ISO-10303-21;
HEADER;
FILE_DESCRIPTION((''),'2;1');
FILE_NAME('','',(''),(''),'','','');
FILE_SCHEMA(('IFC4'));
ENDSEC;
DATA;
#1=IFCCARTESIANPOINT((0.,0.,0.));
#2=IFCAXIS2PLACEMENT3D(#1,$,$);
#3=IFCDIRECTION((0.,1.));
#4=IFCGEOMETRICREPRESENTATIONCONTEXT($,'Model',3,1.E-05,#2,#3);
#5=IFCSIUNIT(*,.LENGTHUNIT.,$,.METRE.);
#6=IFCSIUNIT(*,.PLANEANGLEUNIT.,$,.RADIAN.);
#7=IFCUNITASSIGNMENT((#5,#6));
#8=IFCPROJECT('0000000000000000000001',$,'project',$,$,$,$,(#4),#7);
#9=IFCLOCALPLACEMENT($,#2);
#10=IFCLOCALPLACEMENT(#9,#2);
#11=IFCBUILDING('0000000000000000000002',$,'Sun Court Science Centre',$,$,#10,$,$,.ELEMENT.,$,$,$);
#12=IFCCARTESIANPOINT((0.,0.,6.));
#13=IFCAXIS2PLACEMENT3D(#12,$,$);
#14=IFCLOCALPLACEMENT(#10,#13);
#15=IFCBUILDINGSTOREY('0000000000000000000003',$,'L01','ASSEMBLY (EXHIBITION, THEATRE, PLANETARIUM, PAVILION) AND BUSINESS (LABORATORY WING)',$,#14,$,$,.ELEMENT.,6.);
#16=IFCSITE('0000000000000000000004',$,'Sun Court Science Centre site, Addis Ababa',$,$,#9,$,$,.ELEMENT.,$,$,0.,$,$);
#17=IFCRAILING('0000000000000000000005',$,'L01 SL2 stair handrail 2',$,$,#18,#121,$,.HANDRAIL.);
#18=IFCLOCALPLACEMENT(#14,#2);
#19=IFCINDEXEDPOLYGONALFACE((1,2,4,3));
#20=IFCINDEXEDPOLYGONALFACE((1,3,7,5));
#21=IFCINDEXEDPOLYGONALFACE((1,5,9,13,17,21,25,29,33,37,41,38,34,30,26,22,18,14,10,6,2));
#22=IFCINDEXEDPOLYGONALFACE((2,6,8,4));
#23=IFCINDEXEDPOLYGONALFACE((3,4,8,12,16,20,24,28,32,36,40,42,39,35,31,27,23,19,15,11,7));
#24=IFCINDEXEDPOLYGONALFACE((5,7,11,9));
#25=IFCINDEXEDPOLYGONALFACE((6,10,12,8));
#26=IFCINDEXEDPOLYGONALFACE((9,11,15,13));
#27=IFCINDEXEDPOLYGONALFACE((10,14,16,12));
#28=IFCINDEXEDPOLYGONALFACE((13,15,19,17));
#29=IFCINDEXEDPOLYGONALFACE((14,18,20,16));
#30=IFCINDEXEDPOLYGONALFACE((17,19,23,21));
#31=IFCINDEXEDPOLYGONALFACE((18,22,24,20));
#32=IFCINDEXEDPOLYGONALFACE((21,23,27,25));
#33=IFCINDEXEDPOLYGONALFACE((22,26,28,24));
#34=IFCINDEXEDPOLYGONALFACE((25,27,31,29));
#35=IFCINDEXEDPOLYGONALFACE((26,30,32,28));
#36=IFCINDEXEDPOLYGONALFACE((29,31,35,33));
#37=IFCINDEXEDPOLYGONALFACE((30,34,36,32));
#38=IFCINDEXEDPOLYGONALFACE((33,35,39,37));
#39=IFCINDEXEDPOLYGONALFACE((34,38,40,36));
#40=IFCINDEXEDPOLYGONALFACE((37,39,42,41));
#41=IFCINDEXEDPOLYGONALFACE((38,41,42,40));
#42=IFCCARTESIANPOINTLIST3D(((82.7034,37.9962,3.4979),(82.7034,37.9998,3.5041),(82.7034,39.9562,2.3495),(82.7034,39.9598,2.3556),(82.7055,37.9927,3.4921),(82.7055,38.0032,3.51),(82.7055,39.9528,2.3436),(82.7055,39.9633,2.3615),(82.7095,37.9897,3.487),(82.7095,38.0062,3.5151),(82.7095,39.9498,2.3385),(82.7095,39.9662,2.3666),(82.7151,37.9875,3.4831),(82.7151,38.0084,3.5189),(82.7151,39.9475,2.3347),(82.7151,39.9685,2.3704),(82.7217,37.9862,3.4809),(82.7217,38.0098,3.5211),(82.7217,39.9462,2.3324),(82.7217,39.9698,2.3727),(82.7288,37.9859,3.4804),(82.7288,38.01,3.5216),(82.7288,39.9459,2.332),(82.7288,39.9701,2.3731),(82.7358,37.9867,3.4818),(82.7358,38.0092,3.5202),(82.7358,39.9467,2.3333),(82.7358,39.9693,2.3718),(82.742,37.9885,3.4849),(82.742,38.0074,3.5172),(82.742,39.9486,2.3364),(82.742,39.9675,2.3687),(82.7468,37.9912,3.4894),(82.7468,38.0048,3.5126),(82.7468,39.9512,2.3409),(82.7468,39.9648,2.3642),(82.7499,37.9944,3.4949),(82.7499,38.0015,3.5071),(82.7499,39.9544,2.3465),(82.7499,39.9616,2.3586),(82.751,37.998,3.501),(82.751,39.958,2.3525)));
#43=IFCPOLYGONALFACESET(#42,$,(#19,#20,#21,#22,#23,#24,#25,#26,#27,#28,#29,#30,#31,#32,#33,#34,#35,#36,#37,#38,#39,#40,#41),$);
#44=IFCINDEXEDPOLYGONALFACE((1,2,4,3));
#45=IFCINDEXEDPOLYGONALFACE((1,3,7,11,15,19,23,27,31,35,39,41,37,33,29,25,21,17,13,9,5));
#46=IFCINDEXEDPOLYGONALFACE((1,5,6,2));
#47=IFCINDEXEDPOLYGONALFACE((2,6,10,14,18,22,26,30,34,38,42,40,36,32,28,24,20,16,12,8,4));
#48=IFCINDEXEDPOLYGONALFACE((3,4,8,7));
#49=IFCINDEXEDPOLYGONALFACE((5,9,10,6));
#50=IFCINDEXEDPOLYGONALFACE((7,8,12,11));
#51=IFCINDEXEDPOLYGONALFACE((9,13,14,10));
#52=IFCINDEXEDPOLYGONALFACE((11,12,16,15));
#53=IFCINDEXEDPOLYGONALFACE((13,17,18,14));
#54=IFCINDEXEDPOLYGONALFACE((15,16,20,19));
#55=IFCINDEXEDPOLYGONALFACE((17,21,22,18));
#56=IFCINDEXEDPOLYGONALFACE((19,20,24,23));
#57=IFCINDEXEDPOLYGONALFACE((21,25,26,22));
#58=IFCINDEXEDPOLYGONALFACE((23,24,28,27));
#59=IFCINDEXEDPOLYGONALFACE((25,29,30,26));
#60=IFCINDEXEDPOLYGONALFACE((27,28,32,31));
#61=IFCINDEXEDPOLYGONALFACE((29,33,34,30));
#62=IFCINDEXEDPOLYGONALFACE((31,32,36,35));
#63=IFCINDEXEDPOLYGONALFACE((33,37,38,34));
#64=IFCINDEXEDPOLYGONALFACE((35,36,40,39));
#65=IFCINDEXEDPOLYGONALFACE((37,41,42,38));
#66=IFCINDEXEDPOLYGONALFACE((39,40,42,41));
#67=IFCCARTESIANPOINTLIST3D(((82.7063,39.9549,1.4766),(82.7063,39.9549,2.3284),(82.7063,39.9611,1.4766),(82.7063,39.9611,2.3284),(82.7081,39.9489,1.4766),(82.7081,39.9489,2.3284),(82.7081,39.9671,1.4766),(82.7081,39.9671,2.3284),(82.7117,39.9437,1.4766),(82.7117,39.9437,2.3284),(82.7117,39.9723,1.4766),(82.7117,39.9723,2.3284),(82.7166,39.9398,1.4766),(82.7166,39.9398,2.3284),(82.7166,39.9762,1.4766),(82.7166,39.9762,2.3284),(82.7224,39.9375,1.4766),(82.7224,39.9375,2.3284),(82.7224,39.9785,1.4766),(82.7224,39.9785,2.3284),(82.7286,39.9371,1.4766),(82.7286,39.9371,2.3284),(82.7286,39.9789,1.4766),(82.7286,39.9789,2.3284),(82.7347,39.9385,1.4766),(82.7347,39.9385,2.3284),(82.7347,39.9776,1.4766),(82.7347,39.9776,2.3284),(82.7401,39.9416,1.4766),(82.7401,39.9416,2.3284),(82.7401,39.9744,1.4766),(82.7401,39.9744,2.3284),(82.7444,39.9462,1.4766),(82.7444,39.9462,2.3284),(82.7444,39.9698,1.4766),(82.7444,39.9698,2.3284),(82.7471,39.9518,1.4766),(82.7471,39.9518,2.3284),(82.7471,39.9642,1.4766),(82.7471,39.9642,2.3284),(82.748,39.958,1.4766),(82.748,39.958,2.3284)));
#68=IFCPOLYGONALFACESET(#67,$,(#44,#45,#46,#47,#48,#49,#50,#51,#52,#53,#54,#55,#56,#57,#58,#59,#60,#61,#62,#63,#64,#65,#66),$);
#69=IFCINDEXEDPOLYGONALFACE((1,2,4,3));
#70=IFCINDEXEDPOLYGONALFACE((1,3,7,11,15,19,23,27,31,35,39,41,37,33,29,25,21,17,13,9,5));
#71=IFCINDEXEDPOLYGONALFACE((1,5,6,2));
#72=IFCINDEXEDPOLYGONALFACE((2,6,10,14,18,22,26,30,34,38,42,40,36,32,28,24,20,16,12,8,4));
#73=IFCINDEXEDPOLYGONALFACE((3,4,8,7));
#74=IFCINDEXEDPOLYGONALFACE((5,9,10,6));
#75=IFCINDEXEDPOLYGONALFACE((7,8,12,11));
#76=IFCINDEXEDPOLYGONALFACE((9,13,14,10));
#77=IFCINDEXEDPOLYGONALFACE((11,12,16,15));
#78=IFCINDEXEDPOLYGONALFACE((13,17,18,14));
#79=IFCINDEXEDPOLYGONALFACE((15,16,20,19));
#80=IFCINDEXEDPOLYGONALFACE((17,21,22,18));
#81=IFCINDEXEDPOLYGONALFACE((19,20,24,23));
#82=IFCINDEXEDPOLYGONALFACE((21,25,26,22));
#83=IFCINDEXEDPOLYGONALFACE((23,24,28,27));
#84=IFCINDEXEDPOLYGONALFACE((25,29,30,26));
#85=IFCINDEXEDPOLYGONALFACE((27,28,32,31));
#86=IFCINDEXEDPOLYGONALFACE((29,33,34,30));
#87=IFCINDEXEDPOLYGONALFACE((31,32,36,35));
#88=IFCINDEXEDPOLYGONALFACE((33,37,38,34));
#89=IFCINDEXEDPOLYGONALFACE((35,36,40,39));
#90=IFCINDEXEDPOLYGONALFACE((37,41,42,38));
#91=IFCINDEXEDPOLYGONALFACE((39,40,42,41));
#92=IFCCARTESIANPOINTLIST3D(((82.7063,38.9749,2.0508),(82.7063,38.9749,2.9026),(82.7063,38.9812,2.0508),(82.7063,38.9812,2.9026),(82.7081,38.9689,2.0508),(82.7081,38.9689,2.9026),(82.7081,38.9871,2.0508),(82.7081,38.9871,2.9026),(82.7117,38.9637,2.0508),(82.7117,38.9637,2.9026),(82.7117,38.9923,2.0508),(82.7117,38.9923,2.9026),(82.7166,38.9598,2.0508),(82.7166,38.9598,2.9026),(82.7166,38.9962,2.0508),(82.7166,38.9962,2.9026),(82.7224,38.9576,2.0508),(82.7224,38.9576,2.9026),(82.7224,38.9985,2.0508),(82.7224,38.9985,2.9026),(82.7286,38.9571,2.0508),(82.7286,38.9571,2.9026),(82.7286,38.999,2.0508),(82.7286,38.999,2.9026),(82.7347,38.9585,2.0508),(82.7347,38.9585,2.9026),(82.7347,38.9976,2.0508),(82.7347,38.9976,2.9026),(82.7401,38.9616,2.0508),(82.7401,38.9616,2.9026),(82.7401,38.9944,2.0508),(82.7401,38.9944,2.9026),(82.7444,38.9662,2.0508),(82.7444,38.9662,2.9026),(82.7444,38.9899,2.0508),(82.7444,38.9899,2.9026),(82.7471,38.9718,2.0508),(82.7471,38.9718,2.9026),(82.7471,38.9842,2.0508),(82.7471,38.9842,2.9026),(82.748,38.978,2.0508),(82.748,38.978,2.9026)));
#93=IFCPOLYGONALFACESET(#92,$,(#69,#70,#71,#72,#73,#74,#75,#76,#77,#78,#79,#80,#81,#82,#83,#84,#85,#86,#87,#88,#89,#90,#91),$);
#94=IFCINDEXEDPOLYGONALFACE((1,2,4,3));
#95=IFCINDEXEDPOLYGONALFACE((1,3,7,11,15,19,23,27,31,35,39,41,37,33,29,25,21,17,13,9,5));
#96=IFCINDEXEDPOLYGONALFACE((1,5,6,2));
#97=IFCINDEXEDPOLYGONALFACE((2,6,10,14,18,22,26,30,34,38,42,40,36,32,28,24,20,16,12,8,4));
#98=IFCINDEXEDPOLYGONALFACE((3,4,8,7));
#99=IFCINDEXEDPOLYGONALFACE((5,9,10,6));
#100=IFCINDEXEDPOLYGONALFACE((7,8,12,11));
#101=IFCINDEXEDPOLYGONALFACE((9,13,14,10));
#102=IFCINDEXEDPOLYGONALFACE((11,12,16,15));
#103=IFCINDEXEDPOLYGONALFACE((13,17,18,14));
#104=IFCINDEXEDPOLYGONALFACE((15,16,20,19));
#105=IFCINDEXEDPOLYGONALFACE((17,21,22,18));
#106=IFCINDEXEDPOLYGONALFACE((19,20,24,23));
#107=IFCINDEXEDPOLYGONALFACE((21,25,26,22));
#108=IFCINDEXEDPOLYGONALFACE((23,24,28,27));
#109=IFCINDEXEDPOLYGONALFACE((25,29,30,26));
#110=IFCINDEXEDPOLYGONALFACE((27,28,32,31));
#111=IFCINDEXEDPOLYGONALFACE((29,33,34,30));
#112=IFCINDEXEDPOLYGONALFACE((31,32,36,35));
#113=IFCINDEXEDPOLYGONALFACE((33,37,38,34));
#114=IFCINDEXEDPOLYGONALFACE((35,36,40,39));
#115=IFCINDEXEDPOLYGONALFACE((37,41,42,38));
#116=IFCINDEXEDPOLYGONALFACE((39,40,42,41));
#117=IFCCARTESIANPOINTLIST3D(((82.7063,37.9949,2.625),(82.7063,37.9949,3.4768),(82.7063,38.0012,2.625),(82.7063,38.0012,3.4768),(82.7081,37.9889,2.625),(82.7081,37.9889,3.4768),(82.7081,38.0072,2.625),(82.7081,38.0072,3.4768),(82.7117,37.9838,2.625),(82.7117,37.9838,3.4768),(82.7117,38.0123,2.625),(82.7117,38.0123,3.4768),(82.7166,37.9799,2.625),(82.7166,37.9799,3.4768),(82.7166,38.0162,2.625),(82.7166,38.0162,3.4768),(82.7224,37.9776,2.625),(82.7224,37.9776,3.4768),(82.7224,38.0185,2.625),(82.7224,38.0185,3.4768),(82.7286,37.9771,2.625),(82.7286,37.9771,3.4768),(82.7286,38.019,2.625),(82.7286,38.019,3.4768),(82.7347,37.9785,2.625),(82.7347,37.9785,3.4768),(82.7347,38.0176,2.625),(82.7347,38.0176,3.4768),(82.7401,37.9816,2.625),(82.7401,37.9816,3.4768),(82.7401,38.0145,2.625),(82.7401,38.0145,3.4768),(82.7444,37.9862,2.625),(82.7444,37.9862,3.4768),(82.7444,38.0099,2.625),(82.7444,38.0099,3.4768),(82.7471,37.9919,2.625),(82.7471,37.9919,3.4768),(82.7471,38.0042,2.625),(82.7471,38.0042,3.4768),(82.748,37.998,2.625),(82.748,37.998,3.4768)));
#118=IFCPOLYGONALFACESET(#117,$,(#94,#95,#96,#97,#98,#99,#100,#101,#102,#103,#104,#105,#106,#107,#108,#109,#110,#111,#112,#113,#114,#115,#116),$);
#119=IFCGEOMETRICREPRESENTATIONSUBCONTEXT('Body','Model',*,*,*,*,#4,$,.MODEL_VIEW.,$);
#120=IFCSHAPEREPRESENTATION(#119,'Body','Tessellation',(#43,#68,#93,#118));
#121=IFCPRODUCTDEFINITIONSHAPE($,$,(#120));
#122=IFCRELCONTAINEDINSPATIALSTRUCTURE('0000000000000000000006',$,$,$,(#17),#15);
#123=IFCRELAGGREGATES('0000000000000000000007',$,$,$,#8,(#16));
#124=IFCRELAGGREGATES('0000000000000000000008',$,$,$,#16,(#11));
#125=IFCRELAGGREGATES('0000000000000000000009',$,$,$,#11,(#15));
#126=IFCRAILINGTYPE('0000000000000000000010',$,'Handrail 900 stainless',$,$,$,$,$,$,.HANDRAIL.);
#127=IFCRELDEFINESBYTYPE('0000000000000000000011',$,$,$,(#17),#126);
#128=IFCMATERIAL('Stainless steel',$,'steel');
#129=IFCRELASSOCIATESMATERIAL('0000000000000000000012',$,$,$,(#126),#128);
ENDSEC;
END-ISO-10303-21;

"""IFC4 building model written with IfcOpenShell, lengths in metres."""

from ifc_helpers import new_model, si_unit, direction, frame, origin, origin_2d, place, context, subcontext, project, spatial, circle, extrude, material, type_object, element, save


model = new_model("IFC4")

# Units and contexts
model_context = context("Model", 3, precision=1e-05, world=origin(), true_north=direction((0.0, 1.0)))
body_context = subcontext(model_context, "Body", "Model", "MODEL_VIEW")
ifc_project = project(units=[si_unit("LENGTHUNIT", "METRE"), si_unit("PLANEANGLEUNIT", "RADIAN")], contexts=[model_context])

# Site, building, storey
site_placement = place(None, origin())
site = spatial("IfcSite", under=ifc_project, at=site_placement, Name="Sun Court Science Centre site, Addis Ababa", CompositionType="ELEMENT", RefElevation=0.0)
building_placement = place(site_placement, origin())
building = spatial("IfcBuilding", under=site, at=building_placement, Name="Sun Court Science Centre", CompositionType="ELEMENT")
storey_placement = place(building_placement, frame((0.0, 0.0, 6.0)))
storey = spatial("IfcBuildingStorey", under=building, at=storey_placement, Name="L01", Description="ASSEMBLY (EXHIBITION, THEATRE, PLANETARIUM, PAVILION) AND BUSINESS (LABORATORY WING)", CompositionType="ELEMENT", Elevation=6.0)

# Railing
ifc_material_1 = material(Name="Stainless steel", Category="steel")
railing_type_1 = type_object("IfcRailingType", Name="Handrail 900 stainless", PredefinedType="HANDRAIL", material=ifc_material_1)
railing_1_placement = place(storey_placement, frame((82.7271, 39.958, 1.4766)))
element("IfcRailing", 1, at=railing_1_placement, inside=storey, type_object=railing_type_1, Name="L01 SL2 stair handrail 2", PredefinedType="HANDRAIL", context=body_context, shape_type="SweptSolid", body=[
    extrude(circle(Radius=0.0239, at=origin_2d()), frame((0.0, 0.0, 0.876), z_axis=(0.0, -0.862795, 0.505554), x_axis=(1.0, 0.0, 0.0)), (0.0, 0.0, 1.0), 2.2717),
    extrude(circle(Radius=0.021, at=origin_2d()), origin(), (0.0, 0.0, 1.0), 0.8518),
    extrude(circle(Radius=0.021, at=origin_2d()), frame((0.0, -0.98, 0.5742)), (0.0, 0.0, 1.0), 0.8518),
    extrude(circle(Radius=0.021, at=origin_2d()), frame((0.0, -1.96, 1.1484)), (0.0, 0.0, 1.0), 0.8518),
])

save(model, "model.ifc")
